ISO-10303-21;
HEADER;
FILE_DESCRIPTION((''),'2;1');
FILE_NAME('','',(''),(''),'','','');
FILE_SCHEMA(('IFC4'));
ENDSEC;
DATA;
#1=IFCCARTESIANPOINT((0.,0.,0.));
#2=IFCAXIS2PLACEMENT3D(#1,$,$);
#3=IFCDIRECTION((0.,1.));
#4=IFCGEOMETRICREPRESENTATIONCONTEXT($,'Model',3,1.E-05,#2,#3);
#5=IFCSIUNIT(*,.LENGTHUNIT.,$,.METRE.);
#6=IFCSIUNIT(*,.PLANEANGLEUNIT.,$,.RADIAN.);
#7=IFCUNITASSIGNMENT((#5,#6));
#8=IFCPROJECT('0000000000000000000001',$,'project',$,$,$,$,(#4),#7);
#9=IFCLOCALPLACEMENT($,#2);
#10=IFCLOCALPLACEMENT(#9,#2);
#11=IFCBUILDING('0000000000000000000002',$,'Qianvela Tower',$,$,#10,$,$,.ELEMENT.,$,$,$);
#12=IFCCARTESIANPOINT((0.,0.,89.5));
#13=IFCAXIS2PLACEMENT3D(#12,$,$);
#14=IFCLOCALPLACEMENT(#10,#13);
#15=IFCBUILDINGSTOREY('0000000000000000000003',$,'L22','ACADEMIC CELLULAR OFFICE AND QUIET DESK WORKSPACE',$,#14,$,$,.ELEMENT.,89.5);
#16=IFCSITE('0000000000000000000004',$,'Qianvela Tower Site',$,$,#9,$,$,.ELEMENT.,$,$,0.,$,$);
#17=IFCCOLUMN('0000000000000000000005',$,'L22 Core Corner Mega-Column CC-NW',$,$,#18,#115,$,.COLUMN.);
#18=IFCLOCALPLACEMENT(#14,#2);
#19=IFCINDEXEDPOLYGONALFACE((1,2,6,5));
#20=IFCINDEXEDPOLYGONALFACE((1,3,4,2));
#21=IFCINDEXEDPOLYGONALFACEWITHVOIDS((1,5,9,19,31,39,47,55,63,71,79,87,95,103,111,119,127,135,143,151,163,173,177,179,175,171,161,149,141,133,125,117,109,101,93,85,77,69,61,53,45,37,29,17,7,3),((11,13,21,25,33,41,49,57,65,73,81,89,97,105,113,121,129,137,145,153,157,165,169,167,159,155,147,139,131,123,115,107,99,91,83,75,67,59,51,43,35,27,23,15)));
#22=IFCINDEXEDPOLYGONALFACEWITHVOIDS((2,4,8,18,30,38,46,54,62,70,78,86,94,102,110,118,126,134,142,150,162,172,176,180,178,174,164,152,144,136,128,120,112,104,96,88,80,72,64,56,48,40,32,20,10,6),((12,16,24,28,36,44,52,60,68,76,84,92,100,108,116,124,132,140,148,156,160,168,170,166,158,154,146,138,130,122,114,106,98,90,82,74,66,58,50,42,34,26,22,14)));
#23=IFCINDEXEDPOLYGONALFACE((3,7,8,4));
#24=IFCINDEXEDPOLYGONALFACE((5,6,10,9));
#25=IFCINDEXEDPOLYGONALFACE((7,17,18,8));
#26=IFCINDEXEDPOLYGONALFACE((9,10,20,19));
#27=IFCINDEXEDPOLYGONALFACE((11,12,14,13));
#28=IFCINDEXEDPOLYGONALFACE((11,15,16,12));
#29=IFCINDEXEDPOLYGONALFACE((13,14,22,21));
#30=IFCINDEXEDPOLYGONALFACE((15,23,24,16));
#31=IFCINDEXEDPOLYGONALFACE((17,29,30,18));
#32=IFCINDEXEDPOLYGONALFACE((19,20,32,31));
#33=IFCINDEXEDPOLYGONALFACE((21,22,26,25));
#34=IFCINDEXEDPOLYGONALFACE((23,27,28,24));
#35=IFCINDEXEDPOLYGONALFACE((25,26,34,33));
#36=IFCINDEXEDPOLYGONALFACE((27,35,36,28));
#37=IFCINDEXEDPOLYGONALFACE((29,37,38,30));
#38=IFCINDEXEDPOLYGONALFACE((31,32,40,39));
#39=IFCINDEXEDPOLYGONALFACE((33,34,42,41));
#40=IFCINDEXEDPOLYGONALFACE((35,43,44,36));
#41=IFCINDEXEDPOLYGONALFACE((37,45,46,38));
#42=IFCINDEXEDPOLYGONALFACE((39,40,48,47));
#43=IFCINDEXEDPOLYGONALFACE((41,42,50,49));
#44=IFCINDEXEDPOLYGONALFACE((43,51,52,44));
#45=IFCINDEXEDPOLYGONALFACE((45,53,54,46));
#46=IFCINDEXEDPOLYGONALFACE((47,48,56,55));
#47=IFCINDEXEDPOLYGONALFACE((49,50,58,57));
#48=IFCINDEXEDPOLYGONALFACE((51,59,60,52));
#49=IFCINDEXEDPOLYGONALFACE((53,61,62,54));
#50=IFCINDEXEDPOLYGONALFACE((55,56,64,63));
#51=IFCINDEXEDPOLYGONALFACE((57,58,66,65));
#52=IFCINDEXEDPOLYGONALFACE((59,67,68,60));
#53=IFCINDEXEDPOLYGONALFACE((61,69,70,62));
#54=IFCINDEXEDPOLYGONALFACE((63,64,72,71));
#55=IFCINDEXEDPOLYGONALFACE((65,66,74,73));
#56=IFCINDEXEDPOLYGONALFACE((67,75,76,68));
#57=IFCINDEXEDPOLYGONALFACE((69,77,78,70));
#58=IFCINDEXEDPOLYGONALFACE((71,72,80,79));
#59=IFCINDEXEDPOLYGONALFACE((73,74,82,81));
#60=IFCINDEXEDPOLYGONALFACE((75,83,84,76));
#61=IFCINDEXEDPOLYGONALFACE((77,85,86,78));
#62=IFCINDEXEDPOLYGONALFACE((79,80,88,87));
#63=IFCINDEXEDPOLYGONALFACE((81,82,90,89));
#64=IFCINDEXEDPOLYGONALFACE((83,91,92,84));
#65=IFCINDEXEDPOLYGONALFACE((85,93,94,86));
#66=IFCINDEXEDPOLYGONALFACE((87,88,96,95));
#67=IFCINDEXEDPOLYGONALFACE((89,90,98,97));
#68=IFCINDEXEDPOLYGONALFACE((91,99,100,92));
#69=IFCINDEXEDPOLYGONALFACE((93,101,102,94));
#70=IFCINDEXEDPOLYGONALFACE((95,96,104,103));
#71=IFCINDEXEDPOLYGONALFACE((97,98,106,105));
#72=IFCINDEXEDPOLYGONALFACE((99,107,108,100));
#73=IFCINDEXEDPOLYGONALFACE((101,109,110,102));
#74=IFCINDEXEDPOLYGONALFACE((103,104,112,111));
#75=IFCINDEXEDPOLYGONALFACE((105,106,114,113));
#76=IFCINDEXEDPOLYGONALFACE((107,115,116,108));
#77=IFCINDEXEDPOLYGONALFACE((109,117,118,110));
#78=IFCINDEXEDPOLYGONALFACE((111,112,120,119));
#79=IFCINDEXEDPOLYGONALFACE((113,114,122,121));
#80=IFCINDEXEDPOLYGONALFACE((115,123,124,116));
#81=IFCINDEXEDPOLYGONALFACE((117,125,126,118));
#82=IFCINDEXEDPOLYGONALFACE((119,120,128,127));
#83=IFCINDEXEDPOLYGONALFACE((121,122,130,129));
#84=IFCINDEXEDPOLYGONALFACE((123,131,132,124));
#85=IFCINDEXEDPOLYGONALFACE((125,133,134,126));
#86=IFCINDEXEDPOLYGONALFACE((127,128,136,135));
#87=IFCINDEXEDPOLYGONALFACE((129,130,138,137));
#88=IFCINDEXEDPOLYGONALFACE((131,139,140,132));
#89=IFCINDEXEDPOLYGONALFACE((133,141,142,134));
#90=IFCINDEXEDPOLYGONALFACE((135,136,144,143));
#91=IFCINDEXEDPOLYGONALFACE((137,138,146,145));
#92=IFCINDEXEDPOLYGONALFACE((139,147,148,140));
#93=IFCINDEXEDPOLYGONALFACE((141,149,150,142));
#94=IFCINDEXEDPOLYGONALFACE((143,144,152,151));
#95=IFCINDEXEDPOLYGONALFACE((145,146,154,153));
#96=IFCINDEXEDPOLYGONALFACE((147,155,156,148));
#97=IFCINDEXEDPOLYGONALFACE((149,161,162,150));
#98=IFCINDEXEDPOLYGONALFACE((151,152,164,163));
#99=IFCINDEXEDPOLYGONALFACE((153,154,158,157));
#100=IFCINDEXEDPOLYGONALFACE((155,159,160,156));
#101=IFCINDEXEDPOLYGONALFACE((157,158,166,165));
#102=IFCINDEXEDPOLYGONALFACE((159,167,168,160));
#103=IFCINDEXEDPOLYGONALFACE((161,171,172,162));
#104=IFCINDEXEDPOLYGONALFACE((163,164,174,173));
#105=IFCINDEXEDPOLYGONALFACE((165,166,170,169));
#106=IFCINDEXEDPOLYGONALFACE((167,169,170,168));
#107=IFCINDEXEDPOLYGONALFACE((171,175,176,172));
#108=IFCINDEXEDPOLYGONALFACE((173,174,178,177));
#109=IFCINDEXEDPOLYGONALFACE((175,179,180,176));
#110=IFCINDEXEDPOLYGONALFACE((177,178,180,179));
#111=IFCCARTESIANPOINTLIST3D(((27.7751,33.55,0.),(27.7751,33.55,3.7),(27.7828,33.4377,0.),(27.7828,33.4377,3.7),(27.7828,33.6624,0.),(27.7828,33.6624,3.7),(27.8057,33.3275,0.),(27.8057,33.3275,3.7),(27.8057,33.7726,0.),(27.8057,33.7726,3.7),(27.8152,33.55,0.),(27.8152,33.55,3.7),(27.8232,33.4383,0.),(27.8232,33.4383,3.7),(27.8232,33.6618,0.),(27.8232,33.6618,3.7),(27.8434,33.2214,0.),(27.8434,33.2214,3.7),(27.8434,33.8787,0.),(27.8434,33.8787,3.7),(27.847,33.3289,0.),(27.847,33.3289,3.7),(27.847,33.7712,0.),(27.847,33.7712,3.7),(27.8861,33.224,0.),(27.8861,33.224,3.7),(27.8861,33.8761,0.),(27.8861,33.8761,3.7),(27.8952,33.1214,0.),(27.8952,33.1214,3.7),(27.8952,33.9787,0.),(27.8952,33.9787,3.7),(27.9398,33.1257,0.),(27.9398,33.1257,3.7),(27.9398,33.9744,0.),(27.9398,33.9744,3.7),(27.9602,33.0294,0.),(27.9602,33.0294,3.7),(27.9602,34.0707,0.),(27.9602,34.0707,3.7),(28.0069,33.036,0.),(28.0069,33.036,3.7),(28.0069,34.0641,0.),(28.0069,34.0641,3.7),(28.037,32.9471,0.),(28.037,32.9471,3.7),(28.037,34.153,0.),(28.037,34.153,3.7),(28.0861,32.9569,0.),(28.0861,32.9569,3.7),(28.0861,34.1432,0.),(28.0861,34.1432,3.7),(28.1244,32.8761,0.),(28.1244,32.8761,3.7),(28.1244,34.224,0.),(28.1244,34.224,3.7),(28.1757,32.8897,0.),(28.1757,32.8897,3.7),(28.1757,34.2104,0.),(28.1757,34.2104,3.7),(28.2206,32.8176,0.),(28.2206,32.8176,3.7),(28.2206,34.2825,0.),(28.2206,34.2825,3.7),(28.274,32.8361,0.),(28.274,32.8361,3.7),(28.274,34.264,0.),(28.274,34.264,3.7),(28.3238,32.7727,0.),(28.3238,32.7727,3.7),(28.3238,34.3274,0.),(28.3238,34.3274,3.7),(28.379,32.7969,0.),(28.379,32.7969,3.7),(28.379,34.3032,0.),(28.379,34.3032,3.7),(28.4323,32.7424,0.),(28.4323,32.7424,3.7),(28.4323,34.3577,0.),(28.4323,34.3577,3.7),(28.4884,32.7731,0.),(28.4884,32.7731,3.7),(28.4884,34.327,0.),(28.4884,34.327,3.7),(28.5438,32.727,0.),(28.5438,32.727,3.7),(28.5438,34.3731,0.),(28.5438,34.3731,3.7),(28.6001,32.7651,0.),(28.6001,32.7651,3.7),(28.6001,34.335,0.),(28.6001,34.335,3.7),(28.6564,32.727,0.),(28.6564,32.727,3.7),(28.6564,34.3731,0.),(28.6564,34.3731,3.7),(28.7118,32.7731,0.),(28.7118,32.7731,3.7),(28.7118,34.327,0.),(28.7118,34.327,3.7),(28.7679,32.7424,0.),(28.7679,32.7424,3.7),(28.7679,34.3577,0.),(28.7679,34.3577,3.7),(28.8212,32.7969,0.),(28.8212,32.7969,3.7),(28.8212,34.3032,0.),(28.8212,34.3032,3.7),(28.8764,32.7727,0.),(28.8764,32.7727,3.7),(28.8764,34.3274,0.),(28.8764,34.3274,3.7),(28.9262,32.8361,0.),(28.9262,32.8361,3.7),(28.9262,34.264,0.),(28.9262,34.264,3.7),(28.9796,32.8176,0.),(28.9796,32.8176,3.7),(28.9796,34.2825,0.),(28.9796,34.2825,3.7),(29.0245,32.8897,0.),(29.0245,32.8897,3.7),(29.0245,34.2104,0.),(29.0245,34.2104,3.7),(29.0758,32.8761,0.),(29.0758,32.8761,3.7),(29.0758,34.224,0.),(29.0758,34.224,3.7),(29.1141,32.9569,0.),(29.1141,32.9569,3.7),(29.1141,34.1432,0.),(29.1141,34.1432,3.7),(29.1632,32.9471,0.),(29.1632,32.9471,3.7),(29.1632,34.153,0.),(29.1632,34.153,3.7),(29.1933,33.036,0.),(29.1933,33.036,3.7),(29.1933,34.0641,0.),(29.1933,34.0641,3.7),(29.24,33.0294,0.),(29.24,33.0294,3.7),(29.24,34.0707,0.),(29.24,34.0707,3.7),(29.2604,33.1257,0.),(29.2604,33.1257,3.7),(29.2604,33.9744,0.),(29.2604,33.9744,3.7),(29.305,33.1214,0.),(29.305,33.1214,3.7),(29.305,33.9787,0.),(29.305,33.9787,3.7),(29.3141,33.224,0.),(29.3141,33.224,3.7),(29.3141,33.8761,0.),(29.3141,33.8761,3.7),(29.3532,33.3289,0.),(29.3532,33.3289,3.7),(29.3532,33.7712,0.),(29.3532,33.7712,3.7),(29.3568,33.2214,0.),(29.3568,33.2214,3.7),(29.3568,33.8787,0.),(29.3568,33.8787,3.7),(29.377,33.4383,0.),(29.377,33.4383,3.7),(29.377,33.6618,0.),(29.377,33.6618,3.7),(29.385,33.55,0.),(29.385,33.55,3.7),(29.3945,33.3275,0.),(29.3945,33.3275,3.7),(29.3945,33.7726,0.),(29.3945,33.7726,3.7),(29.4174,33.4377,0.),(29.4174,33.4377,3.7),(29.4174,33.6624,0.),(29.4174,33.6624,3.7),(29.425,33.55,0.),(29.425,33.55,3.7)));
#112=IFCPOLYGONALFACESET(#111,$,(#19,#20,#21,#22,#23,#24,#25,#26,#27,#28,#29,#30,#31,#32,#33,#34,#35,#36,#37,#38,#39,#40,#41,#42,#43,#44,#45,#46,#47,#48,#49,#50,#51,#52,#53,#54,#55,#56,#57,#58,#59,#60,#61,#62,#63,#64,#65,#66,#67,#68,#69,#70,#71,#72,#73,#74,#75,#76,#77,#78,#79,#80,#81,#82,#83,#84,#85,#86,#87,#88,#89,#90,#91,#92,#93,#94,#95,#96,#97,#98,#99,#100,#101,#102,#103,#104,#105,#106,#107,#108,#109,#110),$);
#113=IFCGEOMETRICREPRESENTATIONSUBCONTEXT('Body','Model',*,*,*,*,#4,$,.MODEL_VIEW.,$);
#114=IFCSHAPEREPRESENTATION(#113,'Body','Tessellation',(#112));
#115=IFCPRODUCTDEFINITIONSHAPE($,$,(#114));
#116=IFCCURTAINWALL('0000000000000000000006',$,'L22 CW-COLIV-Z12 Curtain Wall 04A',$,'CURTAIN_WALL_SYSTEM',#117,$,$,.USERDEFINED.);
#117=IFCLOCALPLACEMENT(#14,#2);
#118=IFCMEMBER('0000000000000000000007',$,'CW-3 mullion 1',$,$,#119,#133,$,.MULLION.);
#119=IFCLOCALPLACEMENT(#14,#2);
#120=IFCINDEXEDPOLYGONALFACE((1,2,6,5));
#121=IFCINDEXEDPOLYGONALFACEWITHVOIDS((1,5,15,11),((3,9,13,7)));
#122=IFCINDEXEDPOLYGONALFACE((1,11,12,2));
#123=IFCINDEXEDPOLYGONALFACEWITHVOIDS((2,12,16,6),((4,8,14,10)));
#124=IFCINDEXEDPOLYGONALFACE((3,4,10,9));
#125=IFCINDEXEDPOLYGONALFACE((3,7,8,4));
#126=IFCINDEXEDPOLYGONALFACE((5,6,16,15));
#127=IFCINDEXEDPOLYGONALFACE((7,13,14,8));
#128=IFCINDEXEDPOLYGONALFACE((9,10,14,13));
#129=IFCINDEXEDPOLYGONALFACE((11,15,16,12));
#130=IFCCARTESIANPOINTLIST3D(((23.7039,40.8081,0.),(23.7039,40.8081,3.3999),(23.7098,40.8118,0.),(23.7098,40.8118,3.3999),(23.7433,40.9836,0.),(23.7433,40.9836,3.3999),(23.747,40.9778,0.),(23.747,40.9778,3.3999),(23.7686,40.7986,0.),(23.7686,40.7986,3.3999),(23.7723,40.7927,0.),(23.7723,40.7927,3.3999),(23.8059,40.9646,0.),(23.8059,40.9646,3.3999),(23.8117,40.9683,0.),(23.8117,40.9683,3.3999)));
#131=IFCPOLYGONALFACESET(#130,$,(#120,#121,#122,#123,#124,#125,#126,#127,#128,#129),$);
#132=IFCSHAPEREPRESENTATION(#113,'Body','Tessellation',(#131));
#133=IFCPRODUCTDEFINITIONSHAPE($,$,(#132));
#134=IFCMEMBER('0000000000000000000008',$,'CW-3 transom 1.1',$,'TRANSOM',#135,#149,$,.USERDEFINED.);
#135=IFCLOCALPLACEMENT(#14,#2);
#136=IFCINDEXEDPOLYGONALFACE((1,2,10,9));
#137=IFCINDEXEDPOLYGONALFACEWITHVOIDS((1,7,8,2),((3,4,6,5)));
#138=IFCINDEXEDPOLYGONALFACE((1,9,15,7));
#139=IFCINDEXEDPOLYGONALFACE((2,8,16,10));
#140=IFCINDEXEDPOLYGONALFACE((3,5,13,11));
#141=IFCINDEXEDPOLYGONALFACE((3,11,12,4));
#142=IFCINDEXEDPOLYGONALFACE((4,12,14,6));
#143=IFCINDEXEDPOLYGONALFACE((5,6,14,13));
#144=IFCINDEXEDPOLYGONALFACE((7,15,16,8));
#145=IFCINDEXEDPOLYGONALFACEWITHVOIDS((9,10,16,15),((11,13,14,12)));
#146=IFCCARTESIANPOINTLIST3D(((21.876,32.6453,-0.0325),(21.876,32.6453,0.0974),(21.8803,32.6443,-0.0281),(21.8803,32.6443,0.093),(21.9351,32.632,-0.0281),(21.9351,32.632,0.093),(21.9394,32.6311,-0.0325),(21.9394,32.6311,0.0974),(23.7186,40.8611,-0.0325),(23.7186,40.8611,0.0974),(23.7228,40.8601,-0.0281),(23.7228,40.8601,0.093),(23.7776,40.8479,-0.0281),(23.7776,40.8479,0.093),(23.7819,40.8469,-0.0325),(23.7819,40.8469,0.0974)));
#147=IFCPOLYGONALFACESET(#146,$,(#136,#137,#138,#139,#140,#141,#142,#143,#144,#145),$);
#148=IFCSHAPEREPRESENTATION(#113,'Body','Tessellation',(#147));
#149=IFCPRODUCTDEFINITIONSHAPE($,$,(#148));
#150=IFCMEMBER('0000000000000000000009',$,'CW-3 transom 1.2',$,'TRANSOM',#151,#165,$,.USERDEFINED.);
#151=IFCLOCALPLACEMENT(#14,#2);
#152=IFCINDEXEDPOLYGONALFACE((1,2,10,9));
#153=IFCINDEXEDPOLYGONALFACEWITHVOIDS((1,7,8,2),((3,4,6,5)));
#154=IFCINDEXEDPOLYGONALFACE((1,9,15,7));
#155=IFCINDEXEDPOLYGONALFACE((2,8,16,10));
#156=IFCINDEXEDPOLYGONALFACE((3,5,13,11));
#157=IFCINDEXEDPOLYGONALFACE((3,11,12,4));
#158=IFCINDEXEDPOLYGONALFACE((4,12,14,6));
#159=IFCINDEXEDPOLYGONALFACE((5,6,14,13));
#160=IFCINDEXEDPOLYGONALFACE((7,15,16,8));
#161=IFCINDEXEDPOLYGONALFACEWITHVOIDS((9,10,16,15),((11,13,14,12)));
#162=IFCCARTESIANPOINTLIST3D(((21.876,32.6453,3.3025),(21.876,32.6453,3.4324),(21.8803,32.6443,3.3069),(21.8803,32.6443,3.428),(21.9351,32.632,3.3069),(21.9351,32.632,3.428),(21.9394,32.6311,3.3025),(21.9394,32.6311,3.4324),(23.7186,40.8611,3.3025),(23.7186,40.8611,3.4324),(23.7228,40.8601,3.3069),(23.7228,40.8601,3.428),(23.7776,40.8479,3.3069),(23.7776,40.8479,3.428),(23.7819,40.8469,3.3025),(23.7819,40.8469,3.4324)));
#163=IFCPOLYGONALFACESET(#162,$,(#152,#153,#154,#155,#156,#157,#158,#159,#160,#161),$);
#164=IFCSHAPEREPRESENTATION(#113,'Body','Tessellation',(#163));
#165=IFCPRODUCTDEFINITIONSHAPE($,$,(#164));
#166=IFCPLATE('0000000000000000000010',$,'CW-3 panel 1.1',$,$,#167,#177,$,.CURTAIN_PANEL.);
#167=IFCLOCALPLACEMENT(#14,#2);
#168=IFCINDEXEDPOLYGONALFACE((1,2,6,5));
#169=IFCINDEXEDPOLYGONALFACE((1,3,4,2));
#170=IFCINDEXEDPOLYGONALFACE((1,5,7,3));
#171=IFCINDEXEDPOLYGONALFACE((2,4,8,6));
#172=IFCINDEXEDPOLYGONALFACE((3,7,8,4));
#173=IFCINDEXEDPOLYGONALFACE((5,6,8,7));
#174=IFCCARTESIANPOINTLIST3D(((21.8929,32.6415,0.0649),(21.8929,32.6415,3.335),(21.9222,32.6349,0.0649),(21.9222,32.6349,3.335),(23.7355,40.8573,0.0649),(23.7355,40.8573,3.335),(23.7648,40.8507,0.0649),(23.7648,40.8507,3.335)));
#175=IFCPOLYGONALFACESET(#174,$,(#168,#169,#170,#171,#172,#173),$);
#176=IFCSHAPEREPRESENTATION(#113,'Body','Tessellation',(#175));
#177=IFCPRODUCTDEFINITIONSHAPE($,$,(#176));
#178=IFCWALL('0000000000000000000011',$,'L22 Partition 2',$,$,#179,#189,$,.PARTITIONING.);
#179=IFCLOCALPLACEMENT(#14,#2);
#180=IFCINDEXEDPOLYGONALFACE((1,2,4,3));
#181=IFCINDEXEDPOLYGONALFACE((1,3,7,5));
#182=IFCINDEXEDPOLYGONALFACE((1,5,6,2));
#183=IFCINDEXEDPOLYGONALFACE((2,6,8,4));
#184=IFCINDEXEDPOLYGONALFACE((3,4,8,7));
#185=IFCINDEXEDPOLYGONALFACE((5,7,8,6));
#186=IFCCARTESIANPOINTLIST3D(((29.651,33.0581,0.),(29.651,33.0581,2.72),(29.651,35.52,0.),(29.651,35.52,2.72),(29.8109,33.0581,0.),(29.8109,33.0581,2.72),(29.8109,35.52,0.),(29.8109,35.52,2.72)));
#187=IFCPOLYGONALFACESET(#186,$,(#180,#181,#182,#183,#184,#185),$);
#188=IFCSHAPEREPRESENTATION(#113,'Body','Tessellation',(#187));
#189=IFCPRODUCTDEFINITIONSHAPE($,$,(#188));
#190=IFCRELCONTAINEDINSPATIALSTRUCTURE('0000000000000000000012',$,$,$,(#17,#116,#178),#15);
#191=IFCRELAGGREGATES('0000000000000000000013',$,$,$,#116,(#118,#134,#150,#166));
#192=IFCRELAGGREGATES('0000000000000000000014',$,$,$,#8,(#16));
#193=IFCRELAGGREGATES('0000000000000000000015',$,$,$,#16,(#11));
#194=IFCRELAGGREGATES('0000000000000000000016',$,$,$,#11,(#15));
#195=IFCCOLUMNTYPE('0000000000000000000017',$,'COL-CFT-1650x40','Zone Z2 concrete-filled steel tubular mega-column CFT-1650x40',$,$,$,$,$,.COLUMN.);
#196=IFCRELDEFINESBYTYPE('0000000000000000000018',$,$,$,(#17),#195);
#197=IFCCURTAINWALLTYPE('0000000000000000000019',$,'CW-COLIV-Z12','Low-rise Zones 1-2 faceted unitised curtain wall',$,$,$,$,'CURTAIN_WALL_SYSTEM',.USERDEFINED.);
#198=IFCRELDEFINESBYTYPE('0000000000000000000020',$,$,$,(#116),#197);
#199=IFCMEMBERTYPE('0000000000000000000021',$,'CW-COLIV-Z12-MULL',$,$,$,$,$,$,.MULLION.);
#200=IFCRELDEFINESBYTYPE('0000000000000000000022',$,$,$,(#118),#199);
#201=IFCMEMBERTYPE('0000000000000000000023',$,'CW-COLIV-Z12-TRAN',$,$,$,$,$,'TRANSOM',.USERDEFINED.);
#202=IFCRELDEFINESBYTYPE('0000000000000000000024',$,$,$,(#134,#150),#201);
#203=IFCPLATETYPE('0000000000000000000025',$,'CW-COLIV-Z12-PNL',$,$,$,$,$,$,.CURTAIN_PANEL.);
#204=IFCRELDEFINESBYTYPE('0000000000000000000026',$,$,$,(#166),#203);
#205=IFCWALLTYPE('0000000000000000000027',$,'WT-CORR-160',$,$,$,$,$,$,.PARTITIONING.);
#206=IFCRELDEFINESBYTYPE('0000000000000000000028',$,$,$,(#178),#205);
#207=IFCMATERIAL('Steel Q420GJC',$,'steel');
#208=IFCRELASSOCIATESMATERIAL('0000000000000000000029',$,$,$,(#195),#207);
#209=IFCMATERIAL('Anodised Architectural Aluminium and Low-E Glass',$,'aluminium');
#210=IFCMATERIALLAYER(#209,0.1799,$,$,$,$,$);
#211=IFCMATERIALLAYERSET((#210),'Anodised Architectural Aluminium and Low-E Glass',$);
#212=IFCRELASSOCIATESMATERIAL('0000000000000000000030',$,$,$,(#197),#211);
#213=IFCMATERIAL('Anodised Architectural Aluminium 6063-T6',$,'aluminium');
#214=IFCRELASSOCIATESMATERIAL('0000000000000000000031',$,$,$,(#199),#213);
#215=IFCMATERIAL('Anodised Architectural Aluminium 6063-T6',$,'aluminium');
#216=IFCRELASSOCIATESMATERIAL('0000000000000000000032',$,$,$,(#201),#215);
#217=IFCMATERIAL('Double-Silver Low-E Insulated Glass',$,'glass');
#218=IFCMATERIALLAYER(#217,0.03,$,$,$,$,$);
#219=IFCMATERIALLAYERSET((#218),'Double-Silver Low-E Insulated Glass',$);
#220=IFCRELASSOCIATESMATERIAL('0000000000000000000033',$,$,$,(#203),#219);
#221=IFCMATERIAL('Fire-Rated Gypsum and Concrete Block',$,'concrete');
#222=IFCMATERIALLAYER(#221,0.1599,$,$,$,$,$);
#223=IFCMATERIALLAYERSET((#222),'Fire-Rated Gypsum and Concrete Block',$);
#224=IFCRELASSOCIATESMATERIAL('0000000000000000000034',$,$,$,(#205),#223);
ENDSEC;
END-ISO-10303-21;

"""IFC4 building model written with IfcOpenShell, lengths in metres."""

from ifc_helpers import new_model, si_unit, direction, frame, frame_2d, origin, origin_2d, place, context, subcontext, project, spatial, rectangle, hollow_rectangle, hollow_circle, extrude, material, layer, layer_set, material_profile, profile_set, type_object, element, aggregate, save


model = new_model("IFC4")

# Units and contexts
model_context = context("Model", 3, precision=1e-05, world=origin(), true_north=direction((0.0, 1.0)))
body_context = subcontext(model_context, "Body", "Model", "MODEL_VIEW")
ifc_project = project(units=[si_unit("LENGTHUNIT", "METRE"), si_unit("PLANEANGLEUNIT", "RADIAN")], contexts=[model_context])

# Site, building, storey
site_placement = place(None, origin())
site = spatial("IfcSite", under=ifc_project, at=site_placement, Name="Qianvela Tower Site", CompositionType="ELEMENT", RefElevation=0.0)
building_placement = place(site_placement, origin())
building = spatial("IfcBuilding", under=site, at=building_placement, Name="Qianvela Tower", CompositionType="ELEMENT")
storey_placement = place(building_placement, frame((0.0, 0.0, 89.5)))
storey = spatial("IfcBuildingStorey", under=building, at=storey_placement, Name="L22", Description="ACADEMIC CELLULAR OFFICE AND QUIET DESK WORKSPACE", CompositionType="ELEMENT", Elevation=89.5)

# Column
ifc_material_1 = material(Name="Steel Q420GJC", Category="steel")
ifc_material_profile_1 = material_profile(ifc_material_1, hollow_circle(Radius=0.825, WallThickness=0.04, at=origin_2d()), Name="CFT-1650x40")
ifc_profile_set_1 = profile_set([ifc_material_profile_1], Name="Steel Q420GJC")
column_type = type_object("IfcColumnType", Name="COL-CFT-1650x40", Description="Zone Z2 concrete-filled steel tubular mega-column CFT-1650x40", PredefinedType="COLUMN", material=ifc_profile_set_1)
column_placement = place(storey_placement, frame((28.6001, 33.55, 0.0), z_axis=(0.0, 0.0, 1.0), x_axis=(1.0, 0.0, 0.0)))
element("IfcColumn", 1, at=column_placement, inside=storey, type_object=column_type, Name="L22 Core Corner Mega-Column CC-NW", PredefinedType="COLUMN", context=body_context, shape_type="SweptSolid", body=[
    extrude(hollow_circle(Radius=0.825, WallThickness=0.04, at=origin_2d()), origin(), (0.0, 0.0, 1.0), 3.7),
])

# Curtain wall, members, plate
ifc_material_2 = material(Name="Anodised Architectural Aluminium and Low-E Glass", Category="aluminium")
ifc_layer_1 = layer(ifc_material_2, 0.1799)
ifc_layer_set_1 = layer_set([ifc_layer_1], Name="Anodised Architectural Aluminium and Low-E Glass")
curtain_wall_type = type_object("IfcCurtainWallType", Name="CW-COLIV-Z12", Description="Low-rise Zones 1-2 faceted unitised curtain wall", ElementType="CURTAIN_WALL_SYSTEM", PredefinedType="USERDEFINED", material=ifc_layer_set_1)
curtain_wall_placement = place(storey_placement, origin())
curtain_wall = element("IfcCurtainWall", 2, at=curtain_wall_placement, inside=storey, type_object=curtain_wall_type, Name="L22 CW-COLIV-Z12 Curtain Wall 04A", ObjectType="CURTAIN_WALL_SYSTEM", PredefinedType="USERDEFINED")
ifc_material_3 = material(Name="Anodised Architectural Aluminium 6063-T6", Category="aluminium")
ifc_material_profile_2 = material_profile(ifc_material_3, hollow_rectangle(XDim=0.0701, YDim=0.1799, WallThickness=0.0049, at=origin_2d()), Name="ALU-MULL-70x180")
ifc_profile_set_2 = profile_set([ifc_material_profile_2], Name="Anodised Architectural Aluminium 6063-T6")
member_type_1 = type_object("IfcMemberType", Name="CW-COLIV-Z12-MULL", PredefinedType="MULLION", material=ifc_profile_set_2)
member_1_placement = place(storey_placement, frame((23.7578, 40.8882, 0.0), z_axis=(0.0, 0.0, 1.0), x_axis=(0.975762, -0.218832, 0.0)))
member_1 = element("IfcMember", 3, at=member_1_placement, type_object=member_type_1, Name="CW-3 mullion 1", PredefinedType="MULLION", context=body_context, shape_type="SweptSolid", body=[
    extrude(hollow_rectangle(XDim=0.0701, YDim=0.1799, WallThickness=0.0049, at=origin_2d()), origin(), (0.0, 0.0, 1.0), 3.3999),
])
ifc_material_4 = material(Name="Anodised Architectural Aluminium 6063-T6", Category="aluminium")
ifc_material_profile_3 = material_profile(ifc_material_4, hollow_rectangle(XDim=0.0649, YDim=0.1299, WallThickness=0.0044, at=origin_2d()), Name="ALU-TRAN-65x130")
ifc_profile_set_3 = profile_set([ifc_material_profile_3], Name="Anodised Architectural Aluminium 6063-T6")
member_type_2 = type_object("IfcMemberType", Name="CW-COLIV-Z12-TRAN", ElementType="TRANSOM", PredefinedType="USERDEFINED", material=ifc_profile_set_3)
member_2_placement = place(storey_placement, frame((23.7502, 40.854, 0.0325), z_axis=(-0.21883, -0.975763, 0.0), x_axis=(0.975763, -0.21883, 0.0)))
member_2 = element("IfcMember", 4, at=member_2_placement, type_object=member_type_2, Name="CW-3 transom 1.1", ObjectType="TRANSOM", PredefinedType="USERDEFINED", context=body_context, shape_type="SweptSolid", body=[
    extrude(hollow_rectangle(XDim=0.0649, YDim=0.1299, WallThickness=0.0044, at=origin_2d()), origin(), (0.0, 0.0, 1.0), 8.4199),
])
member_3_placement = place(storey_placement, frame((23.7502, 40.854, 3.3674), z_axis=(-0.21883, -0.975763, 0.0), x_axis=(0.975763, -0.21883, 0.0)))
member_3 = element("IfcMember", 5, at=member_3_placement, type_object=member_type_2, Name="CW-3 transom 1.2", ObjectType="TRANSOM", PredefinedType="USERDEFINED", context=body_context, shape_type="SweptSolid", body=[
    extrude(hollow_rectangle(XDim=0.0649, YDim=0.1299, WallThickness=0.0044, at=origin_2d()), origin(), (0.0, 0.0, 1.0), 8.4199),
])
ifc_material_5 = material(Name="Double-Silver Low-E Insulated Glass", Category="glass")
ifc_layer_2 = layer(ifc_material_5, 0.03)
ifc_layer_set_2 = layer_set([ifc_layer_2], Name="Double-Silver Low-E Insulated Glass")
plate_type = type_object("IfcPlateType", Name="CW-COLIV-Z12-PNL", PredefinedType="CURTAIN_PANEL", material=ifc_layer_set_2)
plate_placement = place(storey_placement, frame((22.8289, 36.7461, 0.0649), z_axis=(0.0, 0.0, 1.0), x_axis=(-0.218832, -0.975762, 0.0)))
plate = element("IfcPlate", 6, at=plate_placement, type_object=plate_type, Name="CW-3 panel 1.1", PredefinedType="CURTAIN_PANEL", context=body_context, shape_type="SweptSolid", body=[
    extrude(rectangle(XDim=8.4199, YDim=0.03, at=origin_2d()), origin(), (0.0, 0.0, 1.0), 3.27),
])
aggregate(curtain_wall, [member_1, member_2, member_3, plate])

# Wall
ifc_material_6 = material(Name="Fire-Rated Gypsum and Concrete Block", Category="concrete")
ifc_layer_3 = layer(ifc_material_6, 0.1599)
ifc_layer_set_3 = layer_set([ifc_layer_3], Name="Fire-Rated Gypsum and Concrete Block")
wall_type_1 = type_object("IfcWallType", Name="WT-CORR-160", PredefinedType="PARTITIONING", material=ifc_layer_set_3)
wall_1_placement = place(storey_placement, frame((29.731, 33.0581, 0.0), z_axis=(0.0, 0.0, 1.0), x_axis=(0.0, 1.0, 0.0)))
element("IfcWall", 7, at=wall_1_placement, inside=storey, type_object=wall_type_1, Name="L22 Partition 2", PredefinedType="PARTITIONING", context=body_context, shape_type="SweptSolid", body=[
    extrude(rectangle(XDim=2.4619, YDim=0.1599, at=frame_2d((1.231, 0.0))), origin(), (0.0, 0.0, 1.0), 2.72),
])

save(model, "model.ifc")
